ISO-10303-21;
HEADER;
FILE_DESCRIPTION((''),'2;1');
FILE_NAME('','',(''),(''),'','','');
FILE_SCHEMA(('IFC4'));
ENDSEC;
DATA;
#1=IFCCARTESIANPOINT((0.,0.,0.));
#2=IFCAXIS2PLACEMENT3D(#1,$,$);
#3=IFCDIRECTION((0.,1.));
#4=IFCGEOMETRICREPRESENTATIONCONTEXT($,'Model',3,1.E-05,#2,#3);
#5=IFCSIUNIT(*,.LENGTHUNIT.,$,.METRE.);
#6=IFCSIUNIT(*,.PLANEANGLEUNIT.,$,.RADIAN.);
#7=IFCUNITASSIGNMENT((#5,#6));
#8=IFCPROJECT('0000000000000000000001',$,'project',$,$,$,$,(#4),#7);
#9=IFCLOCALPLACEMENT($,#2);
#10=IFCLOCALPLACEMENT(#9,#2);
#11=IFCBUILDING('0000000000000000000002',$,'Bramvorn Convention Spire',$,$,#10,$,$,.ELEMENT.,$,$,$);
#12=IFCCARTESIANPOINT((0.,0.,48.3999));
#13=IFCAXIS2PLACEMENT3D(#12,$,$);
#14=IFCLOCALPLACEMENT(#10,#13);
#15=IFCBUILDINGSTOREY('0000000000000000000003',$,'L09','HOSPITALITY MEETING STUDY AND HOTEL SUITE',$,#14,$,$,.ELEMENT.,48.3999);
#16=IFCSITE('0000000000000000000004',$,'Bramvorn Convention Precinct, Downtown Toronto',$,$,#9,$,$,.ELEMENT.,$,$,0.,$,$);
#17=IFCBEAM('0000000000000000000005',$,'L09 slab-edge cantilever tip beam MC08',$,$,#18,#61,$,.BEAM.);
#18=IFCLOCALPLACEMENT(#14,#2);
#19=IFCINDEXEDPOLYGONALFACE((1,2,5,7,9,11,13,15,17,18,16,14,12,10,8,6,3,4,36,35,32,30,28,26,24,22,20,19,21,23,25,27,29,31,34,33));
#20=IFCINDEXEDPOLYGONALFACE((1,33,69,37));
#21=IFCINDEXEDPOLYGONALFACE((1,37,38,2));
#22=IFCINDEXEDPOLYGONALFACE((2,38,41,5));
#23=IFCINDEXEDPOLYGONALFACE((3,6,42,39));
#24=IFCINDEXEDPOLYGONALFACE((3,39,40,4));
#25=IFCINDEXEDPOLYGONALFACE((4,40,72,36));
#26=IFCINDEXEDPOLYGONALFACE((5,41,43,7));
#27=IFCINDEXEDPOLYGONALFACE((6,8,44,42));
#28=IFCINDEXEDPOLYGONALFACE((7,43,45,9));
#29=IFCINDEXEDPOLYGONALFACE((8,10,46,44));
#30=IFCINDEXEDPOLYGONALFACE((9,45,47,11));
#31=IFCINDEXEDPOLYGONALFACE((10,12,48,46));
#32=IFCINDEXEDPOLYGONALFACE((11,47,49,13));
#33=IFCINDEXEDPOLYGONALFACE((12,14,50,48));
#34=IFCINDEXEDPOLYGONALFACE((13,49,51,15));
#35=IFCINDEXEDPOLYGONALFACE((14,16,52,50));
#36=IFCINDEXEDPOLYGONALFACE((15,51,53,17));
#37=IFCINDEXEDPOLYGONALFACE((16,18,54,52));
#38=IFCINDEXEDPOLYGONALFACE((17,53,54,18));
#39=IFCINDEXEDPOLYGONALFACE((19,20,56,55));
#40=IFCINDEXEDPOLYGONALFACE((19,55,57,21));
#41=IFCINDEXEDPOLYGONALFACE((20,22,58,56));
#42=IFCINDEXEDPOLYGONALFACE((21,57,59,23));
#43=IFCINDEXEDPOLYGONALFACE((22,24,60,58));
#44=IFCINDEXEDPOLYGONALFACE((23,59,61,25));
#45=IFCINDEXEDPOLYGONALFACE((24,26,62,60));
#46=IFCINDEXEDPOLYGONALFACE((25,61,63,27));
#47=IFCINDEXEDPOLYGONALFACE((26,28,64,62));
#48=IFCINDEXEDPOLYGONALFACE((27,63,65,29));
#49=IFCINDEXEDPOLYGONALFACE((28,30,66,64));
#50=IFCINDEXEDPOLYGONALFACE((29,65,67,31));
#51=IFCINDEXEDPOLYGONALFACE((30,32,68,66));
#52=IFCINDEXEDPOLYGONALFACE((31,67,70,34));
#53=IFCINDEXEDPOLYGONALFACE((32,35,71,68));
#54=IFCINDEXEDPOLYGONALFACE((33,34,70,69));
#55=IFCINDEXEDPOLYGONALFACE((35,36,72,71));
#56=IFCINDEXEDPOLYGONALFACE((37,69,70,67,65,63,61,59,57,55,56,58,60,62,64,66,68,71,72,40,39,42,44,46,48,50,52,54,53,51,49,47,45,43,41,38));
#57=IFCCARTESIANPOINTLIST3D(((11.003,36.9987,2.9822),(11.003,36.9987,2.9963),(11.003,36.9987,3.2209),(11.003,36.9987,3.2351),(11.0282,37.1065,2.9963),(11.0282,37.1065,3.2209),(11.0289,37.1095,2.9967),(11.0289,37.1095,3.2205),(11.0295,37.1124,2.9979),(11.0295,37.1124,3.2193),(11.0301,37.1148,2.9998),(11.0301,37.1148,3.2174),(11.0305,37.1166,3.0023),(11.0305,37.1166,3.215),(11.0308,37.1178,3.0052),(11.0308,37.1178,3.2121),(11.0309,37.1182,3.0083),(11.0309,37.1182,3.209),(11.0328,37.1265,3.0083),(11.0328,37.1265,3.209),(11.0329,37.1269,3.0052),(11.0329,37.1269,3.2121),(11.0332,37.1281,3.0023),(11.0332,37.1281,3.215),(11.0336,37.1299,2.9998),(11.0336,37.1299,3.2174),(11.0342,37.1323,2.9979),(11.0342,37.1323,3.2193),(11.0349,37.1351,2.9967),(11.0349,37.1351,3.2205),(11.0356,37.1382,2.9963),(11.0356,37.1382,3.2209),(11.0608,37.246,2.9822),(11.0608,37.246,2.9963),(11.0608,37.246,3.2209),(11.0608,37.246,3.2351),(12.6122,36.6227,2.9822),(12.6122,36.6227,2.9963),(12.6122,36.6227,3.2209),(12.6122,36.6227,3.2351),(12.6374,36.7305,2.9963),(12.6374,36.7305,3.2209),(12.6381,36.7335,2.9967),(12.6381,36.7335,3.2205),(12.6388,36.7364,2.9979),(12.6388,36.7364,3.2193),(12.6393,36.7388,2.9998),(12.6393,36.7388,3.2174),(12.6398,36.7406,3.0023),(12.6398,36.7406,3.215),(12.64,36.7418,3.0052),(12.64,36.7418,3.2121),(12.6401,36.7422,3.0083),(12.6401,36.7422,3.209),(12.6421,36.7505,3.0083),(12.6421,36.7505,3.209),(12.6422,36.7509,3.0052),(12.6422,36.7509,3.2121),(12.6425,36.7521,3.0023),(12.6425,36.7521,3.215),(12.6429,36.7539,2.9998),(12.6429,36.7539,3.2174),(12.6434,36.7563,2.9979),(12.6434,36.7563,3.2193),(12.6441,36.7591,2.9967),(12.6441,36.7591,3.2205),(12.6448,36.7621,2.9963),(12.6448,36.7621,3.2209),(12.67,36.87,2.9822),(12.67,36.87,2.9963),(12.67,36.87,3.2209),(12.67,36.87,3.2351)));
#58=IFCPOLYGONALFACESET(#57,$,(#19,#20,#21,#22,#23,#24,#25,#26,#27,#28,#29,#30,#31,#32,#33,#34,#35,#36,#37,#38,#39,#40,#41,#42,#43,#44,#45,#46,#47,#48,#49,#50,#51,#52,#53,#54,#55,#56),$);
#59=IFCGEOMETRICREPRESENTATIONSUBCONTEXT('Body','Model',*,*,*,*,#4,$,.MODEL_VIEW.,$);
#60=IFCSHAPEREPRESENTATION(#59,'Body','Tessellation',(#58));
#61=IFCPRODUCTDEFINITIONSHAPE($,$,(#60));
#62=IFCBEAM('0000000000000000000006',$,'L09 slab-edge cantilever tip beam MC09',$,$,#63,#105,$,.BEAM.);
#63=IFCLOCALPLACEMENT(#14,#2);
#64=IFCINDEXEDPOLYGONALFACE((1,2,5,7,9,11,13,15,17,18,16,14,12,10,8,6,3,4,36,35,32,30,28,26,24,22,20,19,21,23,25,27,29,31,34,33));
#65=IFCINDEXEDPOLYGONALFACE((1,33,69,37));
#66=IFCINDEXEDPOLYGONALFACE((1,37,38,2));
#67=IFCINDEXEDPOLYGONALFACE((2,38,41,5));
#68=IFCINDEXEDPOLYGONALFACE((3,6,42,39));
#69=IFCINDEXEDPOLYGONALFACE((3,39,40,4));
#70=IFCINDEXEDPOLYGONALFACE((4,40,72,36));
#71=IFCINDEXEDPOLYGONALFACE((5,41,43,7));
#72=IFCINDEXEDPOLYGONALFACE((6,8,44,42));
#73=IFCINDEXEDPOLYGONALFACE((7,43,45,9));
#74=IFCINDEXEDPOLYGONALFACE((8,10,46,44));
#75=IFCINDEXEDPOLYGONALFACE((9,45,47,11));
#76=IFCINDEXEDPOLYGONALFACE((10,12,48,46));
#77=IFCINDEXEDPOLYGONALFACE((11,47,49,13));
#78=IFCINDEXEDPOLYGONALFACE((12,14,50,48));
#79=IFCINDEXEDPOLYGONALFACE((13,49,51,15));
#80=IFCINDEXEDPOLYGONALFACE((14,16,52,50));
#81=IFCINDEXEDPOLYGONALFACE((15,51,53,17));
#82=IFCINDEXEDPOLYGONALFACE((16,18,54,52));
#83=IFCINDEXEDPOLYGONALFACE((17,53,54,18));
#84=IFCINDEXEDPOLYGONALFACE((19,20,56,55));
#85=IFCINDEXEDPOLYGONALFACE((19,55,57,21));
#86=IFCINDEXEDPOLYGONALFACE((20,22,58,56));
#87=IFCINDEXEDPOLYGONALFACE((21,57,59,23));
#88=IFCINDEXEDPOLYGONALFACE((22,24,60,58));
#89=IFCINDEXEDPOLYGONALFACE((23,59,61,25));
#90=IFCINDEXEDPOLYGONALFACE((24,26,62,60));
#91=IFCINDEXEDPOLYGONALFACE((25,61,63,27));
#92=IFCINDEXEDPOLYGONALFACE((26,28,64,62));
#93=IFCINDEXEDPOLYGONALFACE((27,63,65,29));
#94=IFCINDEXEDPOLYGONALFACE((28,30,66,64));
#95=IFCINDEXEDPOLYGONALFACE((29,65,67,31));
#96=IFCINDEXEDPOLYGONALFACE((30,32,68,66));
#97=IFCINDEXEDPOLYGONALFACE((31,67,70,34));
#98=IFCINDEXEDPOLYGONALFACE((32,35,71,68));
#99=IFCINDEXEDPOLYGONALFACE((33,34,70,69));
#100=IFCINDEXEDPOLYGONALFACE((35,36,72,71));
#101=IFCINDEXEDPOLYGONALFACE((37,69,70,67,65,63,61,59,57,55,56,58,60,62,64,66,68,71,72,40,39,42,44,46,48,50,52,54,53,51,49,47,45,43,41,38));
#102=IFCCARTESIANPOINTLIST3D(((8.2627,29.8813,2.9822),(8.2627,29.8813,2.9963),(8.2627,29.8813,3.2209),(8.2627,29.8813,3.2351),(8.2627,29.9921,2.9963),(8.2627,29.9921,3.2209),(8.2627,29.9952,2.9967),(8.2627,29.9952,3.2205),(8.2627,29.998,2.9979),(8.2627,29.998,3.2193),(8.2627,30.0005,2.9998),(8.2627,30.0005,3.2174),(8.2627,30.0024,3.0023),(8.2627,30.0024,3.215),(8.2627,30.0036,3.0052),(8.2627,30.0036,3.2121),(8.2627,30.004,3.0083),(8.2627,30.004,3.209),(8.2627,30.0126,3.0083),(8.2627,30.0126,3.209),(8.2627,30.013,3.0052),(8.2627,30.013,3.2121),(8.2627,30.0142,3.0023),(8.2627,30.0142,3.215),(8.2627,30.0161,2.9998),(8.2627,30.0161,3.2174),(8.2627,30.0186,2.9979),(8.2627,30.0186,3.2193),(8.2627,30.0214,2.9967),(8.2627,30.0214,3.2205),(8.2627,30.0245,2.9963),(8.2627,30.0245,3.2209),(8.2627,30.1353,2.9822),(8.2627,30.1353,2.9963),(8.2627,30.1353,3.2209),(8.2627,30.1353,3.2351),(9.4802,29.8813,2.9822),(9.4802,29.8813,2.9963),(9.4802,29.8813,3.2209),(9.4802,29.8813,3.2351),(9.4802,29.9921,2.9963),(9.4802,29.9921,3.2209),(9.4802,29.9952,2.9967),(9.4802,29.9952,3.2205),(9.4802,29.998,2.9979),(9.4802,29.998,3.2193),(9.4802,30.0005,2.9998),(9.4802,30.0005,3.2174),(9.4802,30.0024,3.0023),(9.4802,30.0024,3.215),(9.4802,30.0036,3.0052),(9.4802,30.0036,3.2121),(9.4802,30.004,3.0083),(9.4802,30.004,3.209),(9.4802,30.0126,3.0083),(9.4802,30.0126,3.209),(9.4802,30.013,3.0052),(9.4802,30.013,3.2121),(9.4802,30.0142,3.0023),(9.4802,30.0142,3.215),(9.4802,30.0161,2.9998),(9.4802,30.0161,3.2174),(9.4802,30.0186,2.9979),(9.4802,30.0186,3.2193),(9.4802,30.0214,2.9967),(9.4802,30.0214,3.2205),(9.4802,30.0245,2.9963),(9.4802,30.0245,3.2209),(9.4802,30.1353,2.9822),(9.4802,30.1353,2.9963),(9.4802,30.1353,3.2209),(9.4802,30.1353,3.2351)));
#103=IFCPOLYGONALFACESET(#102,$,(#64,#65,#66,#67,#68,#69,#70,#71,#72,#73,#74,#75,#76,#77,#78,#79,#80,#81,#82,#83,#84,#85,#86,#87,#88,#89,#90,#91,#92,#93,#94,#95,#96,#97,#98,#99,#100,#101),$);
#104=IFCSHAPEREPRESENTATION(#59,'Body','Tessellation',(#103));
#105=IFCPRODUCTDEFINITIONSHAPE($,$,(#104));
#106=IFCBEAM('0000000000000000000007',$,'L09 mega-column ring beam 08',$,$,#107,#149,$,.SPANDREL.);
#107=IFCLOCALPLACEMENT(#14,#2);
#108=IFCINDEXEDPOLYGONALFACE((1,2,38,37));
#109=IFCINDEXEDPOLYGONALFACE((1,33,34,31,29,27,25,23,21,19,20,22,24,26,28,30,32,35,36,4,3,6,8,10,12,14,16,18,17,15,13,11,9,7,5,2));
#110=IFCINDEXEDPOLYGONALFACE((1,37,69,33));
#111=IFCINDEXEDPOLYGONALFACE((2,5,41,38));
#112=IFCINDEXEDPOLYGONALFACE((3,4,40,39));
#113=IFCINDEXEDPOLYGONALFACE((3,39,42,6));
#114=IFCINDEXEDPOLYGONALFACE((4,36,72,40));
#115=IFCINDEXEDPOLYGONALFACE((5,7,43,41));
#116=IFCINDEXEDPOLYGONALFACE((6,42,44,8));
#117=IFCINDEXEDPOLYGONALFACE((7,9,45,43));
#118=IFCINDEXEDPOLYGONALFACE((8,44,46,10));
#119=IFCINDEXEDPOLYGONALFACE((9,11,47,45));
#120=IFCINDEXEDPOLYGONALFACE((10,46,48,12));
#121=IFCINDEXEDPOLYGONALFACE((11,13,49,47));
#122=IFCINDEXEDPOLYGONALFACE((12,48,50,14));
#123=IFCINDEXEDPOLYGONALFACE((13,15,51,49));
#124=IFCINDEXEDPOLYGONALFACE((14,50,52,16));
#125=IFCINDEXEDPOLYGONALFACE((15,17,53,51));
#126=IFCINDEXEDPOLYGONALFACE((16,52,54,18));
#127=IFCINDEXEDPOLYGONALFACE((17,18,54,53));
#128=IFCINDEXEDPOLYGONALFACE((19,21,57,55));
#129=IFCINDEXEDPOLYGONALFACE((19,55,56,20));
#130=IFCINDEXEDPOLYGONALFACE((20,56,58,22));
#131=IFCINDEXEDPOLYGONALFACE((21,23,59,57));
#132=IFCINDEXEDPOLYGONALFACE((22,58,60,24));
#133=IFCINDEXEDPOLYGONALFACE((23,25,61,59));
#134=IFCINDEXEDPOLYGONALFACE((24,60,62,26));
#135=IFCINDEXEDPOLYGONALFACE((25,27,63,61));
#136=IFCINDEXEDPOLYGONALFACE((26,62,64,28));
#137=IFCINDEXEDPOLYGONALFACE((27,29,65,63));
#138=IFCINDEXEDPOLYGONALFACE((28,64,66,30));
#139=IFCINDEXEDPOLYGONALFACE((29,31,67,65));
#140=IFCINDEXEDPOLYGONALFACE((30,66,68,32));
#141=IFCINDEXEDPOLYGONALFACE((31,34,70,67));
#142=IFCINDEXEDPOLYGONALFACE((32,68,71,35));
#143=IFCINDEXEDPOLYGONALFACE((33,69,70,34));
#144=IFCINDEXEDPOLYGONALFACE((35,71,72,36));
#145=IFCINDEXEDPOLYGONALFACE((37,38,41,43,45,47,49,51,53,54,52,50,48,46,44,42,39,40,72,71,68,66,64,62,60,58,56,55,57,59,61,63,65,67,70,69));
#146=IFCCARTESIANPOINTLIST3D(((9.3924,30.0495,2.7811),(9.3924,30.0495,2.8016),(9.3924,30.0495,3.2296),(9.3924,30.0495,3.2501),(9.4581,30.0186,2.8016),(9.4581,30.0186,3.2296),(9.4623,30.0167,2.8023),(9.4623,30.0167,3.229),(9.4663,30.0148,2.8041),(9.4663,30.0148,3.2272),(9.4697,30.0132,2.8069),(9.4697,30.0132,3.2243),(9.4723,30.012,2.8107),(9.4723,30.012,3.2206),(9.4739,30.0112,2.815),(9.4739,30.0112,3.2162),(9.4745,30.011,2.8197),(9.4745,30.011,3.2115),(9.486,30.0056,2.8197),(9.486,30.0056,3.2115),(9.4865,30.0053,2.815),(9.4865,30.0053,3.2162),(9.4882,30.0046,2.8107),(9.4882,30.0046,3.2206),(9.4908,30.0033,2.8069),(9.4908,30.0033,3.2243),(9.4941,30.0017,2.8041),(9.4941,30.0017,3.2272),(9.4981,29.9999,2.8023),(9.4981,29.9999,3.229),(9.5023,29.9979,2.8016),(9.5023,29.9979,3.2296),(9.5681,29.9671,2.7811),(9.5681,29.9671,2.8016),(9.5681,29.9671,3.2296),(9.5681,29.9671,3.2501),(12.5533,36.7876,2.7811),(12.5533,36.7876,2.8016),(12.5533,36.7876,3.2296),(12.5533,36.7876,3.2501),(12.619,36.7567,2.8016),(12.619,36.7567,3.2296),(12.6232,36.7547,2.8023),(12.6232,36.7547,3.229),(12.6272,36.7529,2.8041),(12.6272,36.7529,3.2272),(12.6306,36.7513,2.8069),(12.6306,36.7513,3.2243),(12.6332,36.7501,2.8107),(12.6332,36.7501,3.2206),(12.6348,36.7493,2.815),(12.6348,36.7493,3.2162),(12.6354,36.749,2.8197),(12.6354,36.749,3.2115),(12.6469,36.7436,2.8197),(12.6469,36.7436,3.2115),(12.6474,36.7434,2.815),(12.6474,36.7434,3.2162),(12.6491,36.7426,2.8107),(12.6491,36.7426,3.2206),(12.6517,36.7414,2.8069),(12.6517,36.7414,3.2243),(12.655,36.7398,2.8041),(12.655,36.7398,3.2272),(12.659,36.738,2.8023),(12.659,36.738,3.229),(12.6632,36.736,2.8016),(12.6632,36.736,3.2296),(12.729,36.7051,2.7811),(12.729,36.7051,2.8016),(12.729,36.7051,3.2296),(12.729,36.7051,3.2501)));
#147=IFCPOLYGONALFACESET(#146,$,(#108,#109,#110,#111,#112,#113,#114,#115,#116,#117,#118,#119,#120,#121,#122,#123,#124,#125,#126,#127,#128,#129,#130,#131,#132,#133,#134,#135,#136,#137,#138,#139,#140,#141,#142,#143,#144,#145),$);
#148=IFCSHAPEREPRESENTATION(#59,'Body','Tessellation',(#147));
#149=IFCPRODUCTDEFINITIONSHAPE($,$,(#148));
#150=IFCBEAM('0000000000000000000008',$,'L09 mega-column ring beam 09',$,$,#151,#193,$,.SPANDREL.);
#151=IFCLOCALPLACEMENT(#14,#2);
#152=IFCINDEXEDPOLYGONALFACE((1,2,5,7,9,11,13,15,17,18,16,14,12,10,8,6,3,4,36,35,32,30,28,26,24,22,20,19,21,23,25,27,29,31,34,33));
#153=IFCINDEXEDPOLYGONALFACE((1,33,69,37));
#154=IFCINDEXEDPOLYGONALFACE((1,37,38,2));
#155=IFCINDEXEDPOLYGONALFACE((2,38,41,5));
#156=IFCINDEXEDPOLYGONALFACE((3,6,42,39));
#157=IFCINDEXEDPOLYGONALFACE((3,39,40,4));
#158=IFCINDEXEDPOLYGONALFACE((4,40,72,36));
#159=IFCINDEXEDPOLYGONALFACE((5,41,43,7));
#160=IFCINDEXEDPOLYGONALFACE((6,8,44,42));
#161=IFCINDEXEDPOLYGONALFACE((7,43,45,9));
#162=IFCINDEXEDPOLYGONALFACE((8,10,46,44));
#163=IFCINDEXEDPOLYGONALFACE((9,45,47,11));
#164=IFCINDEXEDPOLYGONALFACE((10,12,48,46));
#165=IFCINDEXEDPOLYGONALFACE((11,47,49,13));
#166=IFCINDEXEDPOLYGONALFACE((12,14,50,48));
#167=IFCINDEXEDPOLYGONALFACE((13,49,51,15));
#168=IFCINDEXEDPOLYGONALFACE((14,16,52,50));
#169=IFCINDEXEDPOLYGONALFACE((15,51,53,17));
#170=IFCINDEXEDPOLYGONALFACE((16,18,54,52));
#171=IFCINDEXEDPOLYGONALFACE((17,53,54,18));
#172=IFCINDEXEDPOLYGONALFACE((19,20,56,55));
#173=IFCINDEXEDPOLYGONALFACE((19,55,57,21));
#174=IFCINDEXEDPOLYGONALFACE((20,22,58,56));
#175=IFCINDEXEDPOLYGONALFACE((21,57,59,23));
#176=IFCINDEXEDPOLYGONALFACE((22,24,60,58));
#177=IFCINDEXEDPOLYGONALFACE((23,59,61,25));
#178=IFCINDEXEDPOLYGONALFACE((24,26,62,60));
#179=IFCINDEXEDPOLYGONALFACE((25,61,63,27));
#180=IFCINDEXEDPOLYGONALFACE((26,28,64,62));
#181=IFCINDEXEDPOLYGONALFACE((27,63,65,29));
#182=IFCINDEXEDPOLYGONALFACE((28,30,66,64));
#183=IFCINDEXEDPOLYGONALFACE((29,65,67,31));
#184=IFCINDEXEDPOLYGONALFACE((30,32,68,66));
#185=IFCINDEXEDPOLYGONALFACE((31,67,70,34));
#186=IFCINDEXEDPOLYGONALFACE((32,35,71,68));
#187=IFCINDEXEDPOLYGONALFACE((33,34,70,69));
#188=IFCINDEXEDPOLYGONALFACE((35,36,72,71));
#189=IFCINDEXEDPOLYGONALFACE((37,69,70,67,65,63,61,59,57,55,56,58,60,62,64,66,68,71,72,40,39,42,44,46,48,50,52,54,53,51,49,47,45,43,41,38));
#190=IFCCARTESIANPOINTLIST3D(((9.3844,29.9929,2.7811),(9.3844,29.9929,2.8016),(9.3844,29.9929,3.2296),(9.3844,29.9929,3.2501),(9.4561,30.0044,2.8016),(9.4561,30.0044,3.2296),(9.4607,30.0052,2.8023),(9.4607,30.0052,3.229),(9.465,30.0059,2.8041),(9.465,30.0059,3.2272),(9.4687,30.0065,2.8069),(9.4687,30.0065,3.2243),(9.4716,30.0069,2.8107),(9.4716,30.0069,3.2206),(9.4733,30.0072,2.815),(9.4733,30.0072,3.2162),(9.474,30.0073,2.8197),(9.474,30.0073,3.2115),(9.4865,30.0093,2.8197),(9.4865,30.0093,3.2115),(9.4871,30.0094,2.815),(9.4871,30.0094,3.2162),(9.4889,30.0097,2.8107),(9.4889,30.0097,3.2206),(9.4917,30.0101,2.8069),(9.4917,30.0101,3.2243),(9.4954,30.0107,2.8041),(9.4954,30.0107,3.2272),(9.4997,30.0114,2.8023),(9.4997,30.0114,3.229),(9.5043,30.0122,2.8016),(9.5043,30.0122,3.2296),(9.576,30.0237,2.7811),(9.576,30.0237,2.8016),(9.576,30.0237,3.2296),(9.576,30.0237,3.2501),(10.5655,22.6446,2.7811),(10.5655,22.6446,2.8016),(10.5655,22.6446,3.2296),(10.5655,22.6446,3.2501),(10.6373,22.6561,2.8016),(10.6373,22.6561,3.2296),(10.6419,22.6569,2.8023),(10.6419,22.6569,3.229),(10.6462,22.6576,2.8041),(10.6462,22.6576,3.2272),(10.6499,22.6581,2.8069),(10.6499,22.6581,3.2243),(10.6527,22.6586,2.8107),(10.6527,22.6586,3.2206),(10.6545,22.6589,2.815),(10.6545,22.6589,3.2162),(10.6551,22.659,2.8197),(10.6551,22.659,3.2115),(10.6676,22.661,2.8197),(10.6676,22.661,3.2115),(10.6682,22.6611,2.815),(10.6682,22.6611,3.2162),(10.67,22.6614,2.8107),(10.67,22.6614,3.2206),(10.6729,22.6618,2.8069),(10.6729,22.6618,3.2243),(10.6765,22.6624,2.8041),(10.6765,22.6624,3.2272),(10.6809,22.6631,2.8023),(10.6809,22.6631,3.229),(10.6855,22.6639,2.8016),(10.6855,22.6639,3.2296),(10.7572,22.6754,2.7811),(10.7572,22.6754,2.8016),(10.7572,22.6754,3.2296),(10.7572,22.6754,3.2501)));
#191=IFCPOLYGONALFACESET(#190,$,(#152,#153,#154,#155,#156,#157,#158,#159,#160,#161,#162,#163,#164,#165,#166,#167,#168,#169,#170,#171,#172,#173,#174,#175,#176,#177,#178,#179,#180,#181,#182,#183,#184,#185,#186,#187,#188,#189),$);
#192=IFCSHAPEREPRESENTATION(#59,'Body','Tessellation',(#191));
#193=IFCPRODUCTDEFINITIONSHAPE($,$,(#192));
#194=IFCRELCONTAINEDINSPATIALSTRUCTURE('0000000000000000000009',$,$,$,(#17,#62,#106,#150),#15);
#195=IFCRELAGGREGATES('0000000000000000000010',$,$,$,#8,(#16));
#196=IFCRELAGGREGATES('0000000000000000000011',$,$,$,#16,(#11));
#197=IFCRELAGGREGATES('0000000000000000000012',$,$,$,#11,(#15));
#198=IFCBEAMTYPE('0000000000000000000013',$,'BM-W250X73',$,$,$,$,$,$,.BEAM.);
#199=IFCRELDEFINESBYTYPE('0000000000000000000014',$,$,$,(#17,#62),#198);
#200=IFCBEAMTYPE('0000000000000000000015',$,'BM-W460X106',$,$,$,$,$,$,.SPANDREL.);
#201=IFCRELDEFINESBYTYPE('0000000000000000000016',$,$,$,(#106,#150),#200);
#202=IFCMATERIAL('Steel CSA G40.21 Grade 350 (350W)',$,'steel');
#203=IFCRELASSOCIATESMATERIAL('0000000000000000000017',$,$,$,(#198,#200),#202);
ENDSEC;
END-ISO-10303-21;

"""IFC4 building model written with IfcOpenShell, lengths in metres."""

from ifc_helpers import new_model, si_unit, direction, frame, origin, origin_2d, place, context, subcontext, project, spatial, i_section, extrude, material, material_profile, profile_set, type_object, element, save


model = new_model("IFC4")

# Units and contexts
model_context = context("Model", 3, precision=1e-05, world=origin(), true_north=direction((0.0, 1.0)))
body_context = subcontext(model_context, "Body", "Model", "MODEL_VIEW")
ifc_project = project(units=[si_unit("LENGTHUNIT", "METRE"), si_unit("PLANEANGLEUNIT", "RADIAN")], contexts=[model_context])

# Site, building, storey
site_placement = place(None, origin())
site = spatial("IfcSite", under=ifc_project, at=site_placement, Name="Bramvorn Convention Precinct, Downtown Toronto", CompositionType="ELEMENT", RefElevation=0.0)
building_placement = place(site_placement, origin())
building = spatial("IfcBuilding", under=site, at=building_placement, Name="Bramvorn Convention Spire", CompositionType="ELEMENT")
storey_placement = place(building_placement, frame((0.0, 0.0, 48.3999)))
storey = spatial("IfcBuildingStorey", under=building, at=storey_placement, Name="L09", Description="HOSPITALITY MEETING STUDY AND HOTEL SUITE", CompositionType="ELEMENT", Elevation=48.3999)

# Shared definitions
ifc_material_1 = material(Name="Steel CSA G40.21 Grade 350 (350W)", Category="steel")

# Beams
ifc_material_profile_1 = material_profile(ifc_material_1, i_section(OverallWidth=0.2539, OverallDepth=0.2529, WebThickness=0.0085, FlangeThickness=0.0142, FilletRadius=0.012, at=origin_2d()))
ifc_profile_set_1 = profile_set([ifc_material_profile_1], Name="Steel CSA G40.21 Grade 350 (350W) - W250X73")
beam_type_1 = type_object("IfcBeamType", Name="BM-W250X73", PredefinedType="BEAM", material=ifc_profile_set_1)
beam_1_placement = place(storey_placement, frame((12.6411, 36.7463, 3.1086), z_axis=(-0.973773, 0.227524, 0.0), x_axis=(-0.227524, -0.973773, 0.0)))
element("IfcBeam", 1, at=beam_1_placement, inside=storey, type_object=beam_type_1, Name="L09 slab-edge cantilever tip beam MC08", PredefinedType="BEAM", context=body_context, shape_type="SweptSolid", body=[
    extrude(i_section(OverallWidth=0.2539, OverallDepth=0.2529, WebThickness=0.0085, FlangeThickness=0.0142, FilletRadius=0.012, at=origin_2d()), origin(), (0.0, 0.0, 1.0), 1.6526),
])
beam_2_placement = place(storey_placement, frame((9.4802, 30.0083, 3.1086), z_axis=(-1.0, 0.0, 0.0), x_axis=(0.0, -1.0, 0.0)))
element("IfcBeam", 2, at=beam_2_placement, inside=storey, type_object=beam_type_1, Name="L09 slab-edge cantilever tip beam MC09", PredefinedType="BEAM", context=body_context, shape_type="SweptSolid", body=[
    extrude(i_section(OverallWidth=0.2539, OverallDepth=0.2529, WebThickness=0.0085, FlangeThickness=0.0142, FilletRadius=0.012, at=origin_2d()), origin(), (0.0, 0.0, 1.0), 1.2175),
])
ifc_material_profile_2 = material_profile(ifc_material_1, i_section(OverallWidth=0.1941, OverallDepth=0.469, WebThickness=0.0127, FlangeThickness=0.0205, FilletRadius=0.0181, at=origin_2d()))
ifc_profile_set_2 = profile_set([ifc_material_profile_2], Name="Steel CSA G40.21 Grade 350 (350W) - W460X106")
beam_type_2 = type_object("IfcBeamType", Name="BM-W460X106", PredefinedType="SPANDREL", material=ifc_profile_set_2)
for number, where, z_axis, x_axis, name in (
    (3, (12.6411, 36.7463, 3.0156), (-0.424702, -0.905333, 0.0), (0.905333, -0.424702, 0.0), "L09 mega-column ring beam 08"),
    (4, (9.4802, 30.0083, 3.0156), (0.158699, -0.987327, 0.0), (0.987327, 0.158699, 0.0), "L09 mega-column ring beam 09"),
):
    element("IfcBeam", number, at=place(storey_placement, frame(where, z_axis=z_axis, x_axis=x_axis)), inside=storey, type_object=beam_type_2, Name=name, PredefinedType="SPANDREL", context=body_context, shape_type="SweptSolid", body=[
        extrude(i_section(OverallWidth=0.1941, OverallDepth=0.469, WebThickness=0.0127, FlangeThickness=0.0205, FilletRadius=0.0181, at=origin_2d()), origin(), (0.0, 0.0, 1.0), 7.4426),
    ])

save(model, "model.ifc")
